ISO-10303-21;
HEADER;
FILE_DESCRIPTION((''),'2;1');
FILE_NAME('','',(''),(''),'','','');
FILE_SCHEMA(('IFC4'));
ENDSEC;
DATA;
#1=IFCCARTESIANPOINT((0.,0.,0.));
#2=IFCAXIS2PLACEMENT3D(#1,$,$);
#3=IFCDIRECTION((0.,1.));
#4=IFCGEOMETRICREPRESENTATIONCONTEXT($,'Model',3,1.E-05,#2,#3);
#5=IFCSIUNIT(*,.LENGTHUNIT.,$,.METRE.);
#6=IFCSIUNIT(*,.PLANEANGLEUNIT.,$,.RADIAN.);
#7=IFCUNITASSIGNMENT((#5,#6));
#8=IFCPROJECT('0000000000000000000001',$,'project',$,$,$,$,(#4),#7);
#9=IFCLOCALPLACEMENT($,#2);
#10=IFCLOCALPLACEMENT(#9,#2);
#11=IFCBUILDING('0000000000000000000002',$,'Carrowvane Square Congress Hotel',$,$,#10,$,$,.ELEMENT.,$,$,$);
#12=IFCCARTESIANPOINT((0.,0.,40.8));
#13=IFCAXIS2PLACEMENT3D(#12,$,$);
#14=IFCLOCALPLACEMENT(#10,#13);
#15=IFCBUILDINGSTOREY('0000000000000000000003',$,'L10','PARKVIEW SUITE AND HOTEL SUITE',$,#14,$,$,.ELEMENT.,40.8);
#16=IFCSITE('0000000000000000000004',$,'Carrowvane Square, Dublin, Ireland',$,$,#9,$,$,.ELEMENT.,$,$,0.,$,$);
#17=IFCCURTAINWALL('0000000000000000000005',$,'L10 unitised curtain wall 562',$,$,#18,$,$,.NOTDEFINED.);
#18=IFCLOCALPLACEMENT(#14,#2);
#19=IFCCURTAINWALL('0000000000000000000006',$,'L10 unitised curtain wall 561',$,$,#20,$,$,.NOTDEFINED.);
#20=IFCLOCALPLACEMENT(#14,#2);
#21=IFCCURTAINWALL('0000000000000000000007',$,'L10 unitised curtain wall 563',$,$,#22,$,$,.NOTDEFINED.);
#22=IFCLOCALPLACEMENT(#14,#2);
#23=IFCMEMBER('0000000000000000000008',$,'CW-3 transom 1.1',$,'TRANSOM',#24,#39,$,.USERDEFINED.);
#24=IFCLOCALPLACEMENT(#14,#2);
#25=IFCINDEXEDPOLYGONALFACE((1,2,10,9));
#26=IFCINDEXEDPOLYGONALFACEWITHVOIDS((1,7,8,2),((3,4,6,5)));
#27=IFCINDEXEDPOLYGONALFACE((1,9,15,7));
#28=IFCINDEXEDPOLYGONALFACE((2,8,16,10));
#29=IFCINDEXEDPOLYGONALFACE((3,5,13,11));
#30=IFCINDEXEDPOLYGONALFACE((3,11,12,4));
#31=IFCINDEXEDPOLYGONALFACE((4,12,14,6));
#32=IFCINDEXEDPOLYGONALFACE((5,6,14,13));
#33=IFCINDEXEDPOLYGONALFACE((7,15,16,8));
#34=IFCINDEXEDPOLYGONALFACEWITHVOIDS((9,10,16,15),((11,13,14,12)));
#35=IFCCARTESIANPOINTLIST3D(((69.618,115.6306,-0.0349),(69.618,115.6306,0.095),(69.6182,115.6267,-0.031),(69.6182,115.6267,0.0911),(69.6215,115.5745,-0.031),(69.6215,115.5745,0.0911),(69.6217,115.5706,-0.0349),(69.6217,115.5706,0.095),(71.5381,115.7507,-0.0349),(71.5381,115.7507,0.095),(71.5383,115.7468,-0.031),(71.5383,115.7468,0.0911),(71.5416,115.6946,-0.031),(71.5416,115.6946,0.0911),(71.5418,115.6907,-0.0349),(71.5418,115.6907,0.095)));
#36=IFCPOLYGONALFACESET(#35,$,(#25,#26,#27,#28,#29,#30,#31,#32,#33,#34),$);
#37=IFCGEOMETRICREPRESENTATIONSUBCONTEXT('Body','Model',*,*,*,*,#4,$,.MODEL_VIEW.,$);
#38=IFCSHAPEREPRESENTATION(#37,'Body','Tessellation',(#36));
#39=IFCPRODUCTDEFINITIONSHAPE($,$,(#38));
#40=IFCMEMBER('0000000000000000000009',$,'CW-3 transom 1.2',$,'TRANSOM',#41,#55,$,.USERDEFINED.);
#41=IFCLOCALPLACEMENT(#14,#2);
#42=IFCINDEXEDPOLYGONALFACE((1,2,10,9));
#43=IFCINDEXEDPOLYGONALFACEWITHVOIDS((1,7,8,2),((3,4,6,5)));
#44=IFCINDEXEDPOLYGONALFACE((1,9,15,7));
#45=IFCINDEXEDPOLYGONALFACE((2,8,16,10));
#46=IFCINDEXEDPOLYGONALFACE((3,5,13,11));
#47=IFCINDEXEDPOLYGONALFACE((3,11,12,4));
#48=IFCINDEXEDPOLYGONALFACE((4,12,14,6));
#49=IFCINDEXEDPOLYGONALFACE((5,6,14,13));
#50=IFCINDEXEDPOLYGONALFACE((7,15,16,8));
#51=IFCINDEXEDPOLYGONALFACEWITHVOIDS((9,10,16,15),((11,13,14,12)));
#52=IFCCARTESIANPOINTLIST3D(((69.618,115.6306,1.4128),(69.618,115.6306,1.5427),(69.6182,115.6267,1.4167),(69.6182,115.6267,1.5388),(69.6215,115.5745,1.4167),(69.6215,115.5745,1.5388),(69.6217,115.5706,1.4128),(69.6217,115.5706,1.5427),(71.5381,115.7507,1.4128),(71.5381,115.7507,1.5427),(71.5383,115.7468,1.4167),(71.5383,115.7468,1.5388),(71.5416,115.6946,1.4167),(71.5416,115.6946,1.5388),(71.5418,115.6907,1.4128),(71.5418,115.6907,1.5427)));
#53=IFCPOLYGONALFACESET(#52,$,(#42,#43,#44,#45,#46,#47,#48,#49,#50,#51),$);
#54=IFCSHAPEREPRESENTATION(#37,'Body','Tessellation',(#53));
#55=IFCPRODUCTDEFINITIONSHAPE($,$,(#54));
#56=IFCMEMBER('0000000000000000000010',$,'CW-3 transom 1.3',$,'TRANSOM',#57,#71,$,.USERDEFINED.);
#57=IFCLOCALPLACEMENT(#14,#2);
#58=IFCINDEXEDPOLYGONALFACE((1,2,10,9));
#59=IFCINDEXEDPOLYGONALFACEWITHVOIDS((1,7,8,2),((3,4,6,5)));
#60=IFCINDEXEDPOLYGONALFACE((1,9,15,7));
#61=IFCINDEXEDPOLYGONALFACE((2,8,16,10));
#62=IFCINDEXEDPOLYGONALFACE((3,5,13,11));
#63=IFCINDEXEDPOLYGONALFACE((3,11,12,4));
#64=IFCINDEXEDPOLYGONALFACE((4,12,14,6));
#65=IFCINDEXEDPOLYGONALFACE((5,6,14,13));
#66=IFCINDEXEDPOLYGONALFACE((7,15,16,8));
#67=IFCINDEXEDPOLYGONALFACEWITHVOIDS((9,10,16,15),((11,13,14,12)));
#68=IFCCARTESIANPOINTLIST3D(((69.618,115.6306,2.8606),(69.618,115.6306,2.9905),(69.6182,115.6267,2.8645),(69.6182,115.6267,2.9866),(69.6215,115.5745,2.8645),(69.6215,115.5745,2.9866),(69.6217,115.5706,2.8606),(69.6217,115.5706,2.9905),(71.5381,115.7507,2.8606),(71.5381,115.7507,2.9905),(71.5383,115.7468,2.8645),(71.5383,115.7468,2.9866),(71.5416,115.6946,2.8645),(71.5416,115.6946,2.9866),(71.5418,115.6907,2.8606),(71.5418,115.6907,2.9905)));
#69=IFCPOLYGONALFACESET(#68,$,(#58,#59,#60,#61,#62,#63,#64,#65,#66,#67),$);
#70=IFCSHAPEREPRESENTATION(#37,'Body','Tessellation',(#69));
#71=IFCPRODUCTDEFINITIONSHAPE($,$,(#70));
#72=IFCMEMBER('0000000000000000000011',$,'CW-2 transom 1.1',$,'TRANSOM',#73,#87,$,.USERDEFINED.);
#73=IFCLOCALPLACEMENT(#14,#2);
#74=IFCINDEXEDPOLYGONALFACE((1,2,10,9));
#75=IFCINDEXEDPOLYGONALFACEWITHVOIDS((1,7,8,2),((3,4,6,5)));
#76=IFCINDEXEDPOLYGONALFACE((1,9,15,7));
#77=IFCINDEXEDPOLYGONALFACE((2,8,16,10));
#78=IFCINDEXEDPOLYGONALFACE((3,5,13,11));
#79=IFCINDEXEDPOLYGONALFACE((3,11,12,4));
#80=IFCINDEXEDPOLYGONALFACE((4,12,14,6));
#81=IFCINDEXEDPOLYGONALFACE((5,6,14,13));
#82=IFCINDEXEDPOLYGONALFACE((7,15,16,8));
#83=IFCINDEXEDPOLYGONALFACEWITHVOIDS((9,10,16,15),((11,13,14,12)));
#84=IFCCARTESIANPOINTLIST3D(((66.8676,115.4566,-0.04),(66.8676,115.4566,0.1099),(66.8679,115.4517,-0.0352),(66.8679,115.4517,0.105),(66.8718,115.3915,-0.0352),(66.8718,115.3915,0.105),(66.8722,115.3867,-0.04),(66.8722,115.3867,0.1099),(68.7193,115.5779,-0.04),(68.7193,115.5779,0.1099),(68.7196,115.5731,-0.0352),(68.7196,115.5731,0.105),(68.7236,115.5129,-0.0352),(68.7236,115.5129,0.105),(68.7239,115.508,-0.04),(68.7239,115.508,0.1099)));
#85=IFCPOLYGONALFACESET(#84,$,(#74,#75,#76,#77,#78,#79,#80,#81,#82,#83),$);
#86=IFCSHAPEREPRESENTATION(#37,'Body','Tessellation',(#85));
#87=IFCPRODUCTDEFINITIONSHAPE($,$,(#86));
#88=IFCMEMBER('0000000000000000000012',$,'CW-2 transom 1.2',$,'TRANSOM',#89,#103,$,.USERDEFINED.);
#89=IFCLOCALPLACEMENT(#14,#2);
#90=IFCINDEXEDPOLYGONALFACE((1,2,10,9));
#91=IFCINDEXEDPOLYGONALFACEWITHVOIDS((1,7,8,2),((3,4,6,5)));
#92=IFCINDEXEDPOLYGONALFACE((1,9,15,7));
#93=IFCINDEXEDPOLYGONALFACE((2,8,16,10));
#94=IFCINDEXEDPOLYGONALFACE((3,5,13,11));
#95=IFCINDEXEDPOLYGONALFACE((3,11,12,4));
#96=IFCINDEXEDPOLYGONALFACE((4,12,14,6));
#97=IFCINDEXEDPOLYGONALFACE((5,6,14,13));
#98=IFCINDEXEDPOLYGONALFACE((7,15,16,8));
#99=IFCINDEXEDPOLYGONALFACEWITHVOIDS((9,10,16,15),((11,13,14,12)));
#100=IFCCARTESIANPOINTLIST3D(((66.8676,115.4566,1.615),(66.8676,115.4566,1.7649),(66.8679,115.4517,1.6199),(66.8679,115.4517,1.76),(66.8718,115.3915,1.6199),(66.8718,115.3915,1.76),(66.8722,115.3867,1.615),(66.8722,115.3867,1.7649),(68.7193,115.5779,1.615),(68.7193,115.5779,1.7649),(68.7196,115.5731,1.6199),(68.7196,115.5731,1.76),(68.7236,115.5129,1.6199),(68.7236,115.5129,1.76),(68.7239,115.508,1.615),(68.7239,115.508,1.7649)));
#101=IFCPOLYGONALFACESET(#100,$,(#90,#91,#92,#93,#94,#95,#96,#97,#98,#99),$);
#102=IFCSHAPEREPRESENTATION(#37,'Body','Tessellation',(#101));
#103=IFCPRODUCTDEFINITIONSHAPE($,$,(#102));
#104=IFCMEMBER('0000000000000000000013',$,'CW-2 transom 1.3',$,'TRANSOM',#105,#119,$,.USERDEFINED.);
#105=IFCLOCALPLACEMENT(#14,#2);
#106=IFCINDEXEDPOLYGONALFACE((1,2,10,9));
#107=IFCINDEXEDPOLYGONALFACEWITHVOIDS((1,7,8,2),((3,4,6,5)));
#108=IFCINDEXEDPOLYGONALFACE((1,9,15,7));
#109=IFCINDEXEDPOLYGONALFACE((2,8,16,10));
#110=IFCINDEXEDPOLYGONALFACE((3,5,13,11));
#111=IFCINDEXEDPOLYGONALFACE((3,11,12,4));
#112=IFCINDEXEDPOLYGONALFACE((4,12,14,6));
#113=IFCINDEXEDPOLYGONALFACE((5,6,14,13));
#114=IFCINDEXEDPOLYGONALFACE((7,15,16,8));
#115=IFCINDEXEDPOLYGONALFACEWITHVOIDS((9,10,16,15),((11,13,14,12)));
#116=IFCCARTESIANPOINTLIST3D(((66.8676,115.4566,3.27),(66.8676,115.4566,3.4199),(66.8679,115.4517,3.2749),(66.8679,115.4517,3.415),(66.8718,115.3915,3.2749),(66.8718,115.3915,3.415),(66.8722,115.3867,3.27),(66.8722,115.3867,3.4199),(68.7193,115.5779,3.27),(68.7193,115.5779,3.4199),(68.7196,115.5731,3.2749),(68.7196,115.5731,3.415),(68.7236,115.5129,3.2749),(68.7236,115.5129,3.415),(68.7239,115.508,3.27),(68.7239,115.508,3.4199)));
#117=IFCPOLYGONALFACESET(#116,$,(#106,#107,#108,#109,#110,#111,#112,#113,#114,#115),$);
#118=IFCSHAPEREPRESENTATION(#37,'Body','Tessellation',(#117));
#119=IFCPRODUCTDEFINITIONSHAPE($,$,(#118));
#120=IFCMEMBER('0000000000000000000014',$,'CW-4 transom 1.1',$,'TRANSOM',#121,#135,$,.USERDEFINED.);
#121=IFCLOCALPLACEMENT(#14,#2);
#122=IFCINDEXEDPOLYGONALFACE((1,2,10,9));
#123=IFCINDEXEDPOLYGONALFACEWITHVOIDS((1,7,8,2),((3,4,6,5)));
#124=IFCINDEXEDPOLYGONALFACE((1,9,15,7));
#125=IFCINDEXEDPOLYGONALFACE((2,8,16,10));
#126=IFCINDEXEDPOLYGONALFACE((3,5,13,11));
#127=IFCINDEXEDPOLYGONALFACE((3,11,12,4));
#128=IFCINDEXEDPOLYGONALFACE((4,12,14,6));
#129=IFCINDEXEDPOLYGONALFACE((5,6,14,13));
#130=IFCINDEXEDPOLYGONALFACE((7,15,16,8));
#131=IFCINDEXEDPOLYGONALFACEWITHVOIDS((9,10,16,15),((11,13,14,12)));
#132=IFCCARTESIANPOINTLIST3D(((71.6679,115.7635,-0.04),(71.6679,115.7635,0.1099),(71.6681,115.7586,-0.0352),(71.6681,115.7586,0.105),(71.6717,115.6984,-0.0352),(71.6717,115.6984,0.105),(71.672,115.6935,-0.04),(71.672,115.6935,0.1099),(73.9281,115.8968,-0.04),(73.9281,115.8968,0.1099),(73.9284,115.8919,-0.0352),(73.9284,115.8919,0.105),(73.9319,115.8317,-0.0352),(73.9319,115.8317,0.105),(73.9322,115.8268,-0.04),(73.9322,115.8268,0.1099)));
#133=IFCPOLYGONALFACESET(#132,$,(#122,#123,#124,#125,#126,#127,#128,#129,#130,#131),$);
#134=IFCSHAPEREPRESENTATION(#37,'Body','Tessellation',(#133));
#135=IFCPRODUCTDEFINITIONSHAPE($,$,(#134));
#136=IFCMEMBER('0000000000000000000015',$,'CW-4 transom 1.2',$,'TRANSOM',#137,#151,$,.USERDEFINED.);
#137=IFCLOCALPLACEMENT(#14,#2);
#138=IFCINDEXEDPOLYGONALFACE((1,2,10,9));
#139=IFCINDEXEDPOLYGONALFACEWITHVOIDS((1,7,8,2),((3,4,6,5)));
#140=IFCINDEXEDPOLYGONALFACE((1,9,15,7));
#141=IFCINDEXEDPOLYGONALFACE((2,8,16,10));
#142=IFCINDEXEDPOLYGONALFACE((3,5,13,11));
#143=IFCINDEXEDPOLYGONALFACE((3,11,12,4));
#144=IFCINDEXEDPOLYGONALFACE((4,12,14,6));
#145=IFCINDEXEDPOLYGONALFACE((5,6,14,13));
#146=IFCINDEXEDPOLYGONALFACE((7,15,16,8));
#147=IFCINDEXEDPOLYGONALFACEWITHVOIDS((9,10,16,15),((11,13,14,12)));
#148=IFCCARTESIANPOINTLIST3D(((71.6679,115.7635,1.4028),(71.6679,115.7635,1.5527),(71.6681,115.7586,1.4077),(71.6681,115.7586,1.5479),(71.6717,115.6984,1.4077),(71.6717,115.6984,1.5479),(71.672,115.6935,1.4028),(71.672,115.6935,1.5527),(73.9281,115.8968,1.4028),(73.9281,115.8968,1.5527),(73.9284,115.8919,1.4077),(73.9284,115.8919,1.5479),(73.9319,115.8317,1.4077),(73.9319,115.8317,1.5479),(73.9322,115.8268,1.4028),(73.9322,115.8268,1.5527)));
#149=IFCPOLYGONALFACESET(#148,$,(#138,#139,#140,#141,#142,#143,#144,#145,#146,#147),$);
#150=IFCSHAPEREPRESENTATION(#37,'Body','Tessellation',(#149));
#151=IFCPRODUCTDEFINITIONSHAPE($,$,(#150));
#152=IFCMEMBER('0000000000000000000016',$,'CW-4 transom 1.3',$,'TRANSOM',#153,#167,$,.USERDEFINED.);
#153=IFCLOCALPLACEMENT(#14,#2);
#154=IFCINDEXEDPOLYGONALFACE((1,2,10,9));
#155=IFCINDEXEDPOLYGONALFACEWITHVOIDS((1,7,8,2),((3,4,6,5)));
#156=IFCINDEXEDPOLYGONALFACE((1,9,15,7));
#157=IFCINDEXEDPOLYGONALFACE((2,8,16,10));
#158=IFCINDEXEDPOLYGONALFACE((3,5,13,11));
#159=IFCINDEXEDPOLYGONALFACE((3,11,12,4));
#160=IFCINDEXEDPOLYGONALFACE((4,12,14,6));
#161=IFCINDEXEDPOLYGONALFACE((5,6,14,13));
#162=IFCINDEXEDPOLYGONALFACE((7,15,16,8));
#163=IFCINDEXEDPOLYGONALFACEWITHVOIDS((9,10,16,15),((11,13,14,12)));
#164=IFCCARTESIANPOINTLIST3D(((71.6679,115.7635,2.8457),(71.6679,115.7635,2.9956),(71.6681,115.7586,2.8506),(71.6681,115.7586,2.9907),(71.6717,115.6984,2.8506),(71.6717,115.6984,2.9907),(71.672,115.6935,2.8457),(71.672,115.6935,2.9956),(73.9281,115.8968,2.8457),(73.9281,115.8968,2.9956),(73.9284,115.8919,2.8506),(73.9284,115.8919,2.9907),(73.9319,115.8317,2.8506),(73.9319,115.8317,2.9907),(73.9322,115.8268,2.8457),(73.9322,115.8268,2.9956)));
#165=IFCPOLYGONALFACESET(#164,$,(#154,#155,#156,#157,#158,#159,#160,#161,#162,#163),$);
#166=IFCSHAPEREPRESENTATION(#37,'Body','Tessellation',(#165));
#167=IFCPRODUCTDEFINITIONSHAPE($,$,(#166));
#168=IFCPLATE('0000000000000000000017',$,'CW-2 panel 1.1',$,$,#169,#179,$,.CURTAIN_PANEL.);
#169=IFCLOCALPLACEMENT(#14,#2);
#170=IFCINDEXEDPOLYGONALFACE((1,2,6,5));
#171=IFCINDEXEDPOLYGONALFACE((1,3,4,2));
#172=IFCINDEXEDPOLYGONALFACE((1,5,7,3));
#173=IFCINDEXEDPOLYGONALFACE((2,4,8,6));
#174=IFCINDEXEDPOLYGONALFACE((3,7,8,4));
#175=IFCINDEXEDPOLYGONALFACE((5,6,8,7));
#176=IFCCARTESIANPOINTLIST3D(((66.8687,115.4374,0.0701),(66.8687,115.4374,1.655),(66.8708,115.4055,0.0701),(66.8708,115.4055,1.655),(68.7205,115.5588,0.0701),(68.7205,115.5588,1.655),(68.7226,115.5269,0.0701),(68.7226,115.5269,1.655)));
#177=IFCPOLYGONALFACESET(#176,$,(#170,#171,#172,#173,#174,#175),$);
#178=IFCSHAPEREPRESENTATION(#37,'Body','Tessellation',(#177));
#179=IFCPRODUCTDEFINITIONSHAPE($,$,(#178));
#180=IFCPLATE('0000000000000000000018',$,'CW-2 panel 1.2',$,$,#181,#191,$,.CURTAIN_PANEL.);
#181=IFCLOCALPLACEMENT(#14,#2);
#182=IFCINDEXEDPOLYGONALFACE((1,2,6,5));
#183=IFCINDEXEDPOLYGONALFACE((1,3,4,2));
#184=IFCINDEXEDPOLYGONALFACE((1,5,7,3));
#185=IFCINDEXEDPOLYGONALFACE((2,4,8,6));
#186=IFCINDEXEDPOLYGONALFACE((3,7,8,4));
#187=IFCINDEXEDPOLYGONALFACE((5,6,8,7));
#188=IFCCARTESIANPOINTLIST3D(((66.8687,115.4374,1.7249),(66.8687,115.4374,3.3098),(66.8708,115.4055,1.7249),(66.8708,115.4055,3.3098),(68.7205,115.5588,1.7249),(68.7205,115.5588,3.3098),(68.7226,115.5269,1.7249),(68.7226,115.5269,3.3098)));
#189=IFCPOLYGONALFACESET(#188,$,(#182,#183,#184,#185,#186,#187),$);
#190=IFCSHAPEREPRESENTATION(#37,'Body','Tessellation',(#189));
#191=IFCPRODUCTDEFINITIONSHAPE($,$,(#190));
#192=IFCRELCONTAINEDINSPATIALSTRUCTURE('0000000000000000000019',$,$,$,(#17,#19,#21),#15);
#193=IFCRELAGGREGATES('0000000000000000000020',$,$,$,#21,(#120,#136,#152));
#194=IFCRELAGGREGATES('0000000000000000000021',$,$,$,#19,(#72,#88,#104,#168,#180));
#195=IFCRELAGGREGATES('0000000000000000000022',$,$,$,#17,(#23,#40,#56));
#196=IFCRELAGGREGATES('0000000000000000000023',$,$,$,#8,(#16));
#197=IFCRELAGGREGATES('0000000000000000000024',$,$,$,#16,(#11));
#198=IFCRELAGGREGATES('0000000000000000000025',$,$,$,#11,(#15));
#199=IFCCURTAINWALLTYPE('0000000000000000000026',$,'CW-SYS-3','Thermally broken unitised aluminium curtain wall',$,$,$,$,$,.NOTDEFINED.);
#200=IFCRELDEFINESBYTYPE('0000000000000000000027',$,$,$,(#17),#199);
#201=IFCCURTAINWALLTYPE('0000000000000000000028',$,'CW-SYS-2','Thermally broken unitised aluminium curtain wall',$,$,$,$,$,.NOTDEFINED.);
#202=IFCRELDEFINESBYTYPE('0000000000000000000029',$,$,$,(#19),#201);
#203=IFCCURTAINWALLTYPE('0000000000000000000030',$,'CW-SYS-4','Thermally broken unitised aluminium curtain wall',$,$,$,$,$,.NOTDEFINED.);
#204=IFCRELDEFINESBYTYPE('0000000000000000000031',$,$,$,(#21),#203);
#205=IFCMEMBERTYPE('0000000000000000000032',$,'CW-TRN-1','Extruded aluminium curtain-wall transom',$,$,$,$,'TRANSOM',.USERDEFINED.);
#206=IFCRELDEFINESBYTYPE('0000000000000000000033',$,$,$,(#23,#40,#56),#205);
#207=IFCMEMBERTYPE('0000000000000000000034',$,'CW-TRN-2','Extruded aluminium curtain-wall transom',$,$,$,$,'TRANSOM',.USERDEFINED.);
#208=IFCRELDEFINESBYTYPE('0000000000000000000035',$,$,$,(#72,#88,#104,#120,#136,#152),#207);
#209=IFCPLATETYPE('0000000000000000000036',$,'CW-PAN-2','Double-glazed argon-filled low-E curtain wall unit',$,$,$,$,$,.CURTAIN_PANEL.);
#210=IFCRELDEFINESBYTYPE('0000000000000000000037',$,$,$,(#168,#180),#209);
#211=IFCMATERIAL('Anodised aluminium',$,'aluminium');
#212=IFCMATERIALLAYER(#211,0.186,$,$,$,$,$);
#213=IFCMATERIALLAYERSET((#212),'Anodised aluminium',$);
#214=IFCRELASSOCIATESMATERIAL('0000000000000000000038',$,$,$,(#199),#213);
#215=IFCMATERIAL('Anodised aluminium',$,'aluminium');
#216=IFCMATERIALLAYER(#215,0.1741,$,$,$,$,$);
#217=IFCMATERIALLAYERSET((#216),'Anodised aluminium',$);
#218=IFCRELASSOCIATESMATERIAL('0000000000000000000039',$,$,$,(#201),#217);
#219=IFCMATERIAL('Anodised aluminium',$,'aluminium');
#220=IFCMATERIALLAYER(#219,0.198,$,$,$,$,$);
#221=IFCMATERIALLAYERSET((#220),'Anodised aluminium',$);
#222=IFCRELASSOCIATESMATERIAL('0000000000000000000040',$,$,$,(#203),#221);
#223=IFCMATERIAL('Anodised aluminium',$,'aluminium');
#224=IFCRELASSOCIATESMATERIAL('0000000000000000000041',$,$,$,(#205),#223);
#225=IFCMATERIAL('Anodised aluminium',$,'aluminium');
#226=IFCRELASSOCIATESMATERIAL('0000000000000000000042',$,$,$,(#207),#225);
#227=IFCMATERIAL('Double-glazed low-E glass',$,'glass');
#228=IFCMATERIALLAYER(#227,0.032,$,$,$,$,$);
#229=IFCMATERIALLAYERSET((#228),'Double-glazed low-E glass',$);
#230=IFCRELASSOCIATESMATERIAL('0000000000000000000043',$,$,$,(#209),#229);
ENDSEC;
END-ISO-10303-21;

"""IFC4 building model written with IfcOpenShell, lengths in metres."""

from ifc_helpers import new_model, si_unit, direction, frame, origin, origin_2d, place, context, subcontext, project, spatial, rectangle, hollow_rectangle, extrude, material, layer, layer_set, material_profile, profile_set, type_object, element, aggregate, save


model = new_model("IFC4")

# Units and contexts
model_context = context("Model", 3, precision=1e-05, world=origin(), true_north=direction((0.0, 1.0)))
body_context = subcontext(model_context, "Body", "Model", "MODEL_VIEW")
ifc_project = project(units=[si_unit("LENGTHUNIT", "METRE"), si_unit("PLANEANGLEUNIT", "RADIAN")], contexts=[model_context])

# Site, building, storey
site_placement = place(None, origin())
site = spatial("IfcSite", under=ifc_project, at=site_placement, Name="Carrowvane Square, Dublin, Ireland", CompositionType="ELEMENT", RefElevation=0.0)
building_placement = place(site_placement, origin())
building = spatial("IfcBuilding", under=site, at=building_placement, Name="Carrowvane Square Congress Hotel", CompositionType="ELEMENT")
storey_placement = place(building_placement, frame((0.0, 0.0, 40.8)))
storey = spatial("IfcBuildingStorey", under=building, at=storey_placement, Name="L10", Description="PARKVIEW SUITE AND HOTEL SUITE", CompositionType="ELEMENT", Elevation=40.8)

# Curtain walls
ifc_material_1 = material(Name="Anodised aluminium", Category="aluminium")
ifc_layer_1 = layer(ifc_material_1, 0.186)
ifc_layer_set_1 = layer_set([ifc_layer_1], Name="Anodised aluminium")
curtain_wall_type_1 = type_object("IfcCurtainWallType", Name="CW-SYS-3", Description="Thermally broken unitised aluminium curtain wall", PredefinedType="NOTDEFINED", material=ifc_layer_set_1)
curtain_wall_1_placement = place(storey_placement, origin())
curtain_wall_1 = element("IfcCurtainWall", 1, at=curtain_wall_1_placement, inside=storey, type_object=curtain_wall_type_1, Name="L10 unitised curtain wall 562", PredefinedType="NOTDEFINED")
ifc_material_2 = material(Name="Anodised aluminium", Category="aluminium")
ifc_layer_2 = layer(ifc_material_2, 0.1741)
ifc_layer_set_2 = layer_set([ifc_layer_2], Name="Anodised aluminium")
curtain_wall_type_2 = type_object("IfcCurtainWallType", Name="CW-SYS-2", Description="Thermally broken unitised aluminium curtain wall", PredefinedType="NOTDEFINED", material=ifc_layer_set_2)
curtain_wall_2_placement = place(storey_placement, origin())
curtain_wall_2 = element("IfcCurtainWall", 2, at=curtain_wall_2_placement, inside=storey, type_object=curtain_wall_type_2, Name="L10 unitised curtain wall 561", PredefinedType="NOTDEFINED")

# Curtain wall
ifc_material_3 = material(Name="Anodised aluminium", Category="aluminium")
ifc_layer_3 = layer(ifc_material_3, 0.198)
ifc_layer_set_3 = layer_set([ifc_layer_3], Name="Anodised aluminium")
curtain_wall_type_3 = type_object("IfcCurtainWallType", Name="CW-SYS-4", Description="Thermally broken unitised aluminium curtain wall", PredefinedType="NOTDEFINED", material=ifc_layer_set_3)
curtain_wall_3_placement = place(storey_placement, origin())
curtain_wall_3 = element("IfcCurtainWall", 3, at=curtain_wall_3_placement, inside=storey, type_object=curtain_wall_type_3, Name="L10 unitised curtain wall 563", PredefinedType="NOTDEFINED")

# Members
ifc_material_4 = material(Name="Anodised aluminium", Category="aluminium")
ifc_material_profile_1 = material_profile(ifc_material_4, hollow_rectangle(XDim=0.0601, YDim=0.1299, WallThickness=0.0039, at=origin_2d()), Name="CW-TR 60x130x4")
ifc_profile_set_1 = profile_set([ifc_material_profile_1], Name="Anodised aluminium")
member_type_1 = type_object("IfcMemberType", Name="CW-TRN-1", Description="Extruded aluminium curtain-wall transom", ElementType="TRANSOM", PredefinedType="USERDEFINED", material=ifc_profile_set_1)
member_1_placement = place(storey_placement, frame((69.6199, 115.6006, 0.03), z_axis=(0.998049, 0.062434, 0.0), x_axis=(-0.062434, 0.998049, 0.0)))
member_1 = element("IfcMember", 4, at=member_1_placement, type_object=member_type_1, Name="CW-3 transom 1.1", ObjectType="TRANSOM", PredefinedType="USERDEFINED", context=body_context, shape_type="SweptSolid", body=[
    extrude(hollow_rectangle(XDim=0.0601, YDim=0.1299, WallThickness=0.0039, at=origin_2d()), origin(), (0.0, 0.0, 1.0), 1.9238),
])
member_2_placement = place(storey_placement, frame((69.6199, 115.6006, 1.4778), z_axis=(0.998049, 0.062434, 0.0), x_axis=(-0.062434, 0.998049, 0.0)))
member_2 = element("IfcMember", 5, at=member_2_placement, type_object=member_type_1, Name="CW-3 transom 1.2", ObjectType="TRANSOM", PredefinedType="USERDEFINED", context=body_context, shape_type="SweptSolid", body=[
    extrude(hollow_rectangle(XDim=0.0601, YDim=0.1299, WallThickness=0.0039, at=origin_2d()), origin(), (0.0, 0.0, 1.0), 1.9238),
])
member_3_placement = place(storey_placement, frame((69.6199, 115.6006, 2.9255), z_axis=(0.998049, 0.062434, 0.0), x_axis=(-0.062434, 0.998049, 0.0)))
member_3 = element("IfcMember", 6, at=member_3_placement, type_object=member_type_1, Name="CW-3 transom 1.3", ObjectType="TRANSOM", PredefinedType="USERDEFINED", context=body_context, shape_type="SweptSolid", body=[
    extrude(hollow_rectangle(XDim=0.0601, YDim=0.1299, WallThickness=0.0039, at=origin_2d()), origin(), (0.0, 0.0, 1.0), 1.9238),
])
ifc_material_5 = material(Name="Anodised aluminium", Category="aluminium")
ifc_material_profile_2 = material_profile(ifc_material_5, hollow_rectangle(XDim=0.0701, YDim=0.1499, WallThickness=0.0049, at=origin_2d()), Name="CW-TR 70x150x5")
ifc_profile_set_2 = profile_set([ifc_material_profile_2], Name="Anodised aluminium")
member_type_2 = type_object("IfcMemberType", Name="CW-TRN-2", Description="Extruded aluminium curtain-wall transom", ElementType="TRANSOM", PredefinedType="USERDEFINED", material=ifc_profile_set_2)
member_4_placement = place(storey_placement, frame((66.8699, 115.4216, 0.0349), z_axis=(0.99786, 0.065384, 0.0), x_axis=(-0.065384, 0.99786, 0.0)))
member_4 = element("IfcMember", 7, at=member_4_placement, type_object=member_type_2, Name="CW-2 transom 1.1", ObjectType="TRANSOM", PredefinedType="USERDEFINED", context=body_context, shape_type="SweptSolid", body=[
    extrude(hollow_rectangle(XDim=0.0701, YDim=0.1499, WallThickness=0.0049, at=origin_2d()), origin(), (0.0, 0.0, 1.0), 1.8557),
])
member_5_placement = place(storey_placement, frame((66.8699, 115.4216, 1.6899), z_axis=(0.99786, 0.065384, 0.0), x_axis=(-0.065384, 0.99786, 0.0)))
member_5 = element("IfcMember", 8, at=member_5_placement, type_object=member_type_2, Name="CW-2 transom 1.2", ObjectType="TRANSOM", PredefinedType="USERDEFINED", context=body_context, shape_type="SweptSolid", body=[
    extrude(hollow_rectangle(XDim=0.0701, YDim=0.1499, WallThickness=0.0049, at=origin_2d()), origin(), (0.0, 0.0, 1.0), 1.8557),
])
member_6_placement = place(storey_placement, frame((66.8699, 115.4216, 3.345), z_axis=(0.99786, 0.065384, 0.0), x_axis=(-0.065384, 0.99786, 0.0)))
member_6 = element("IfcMember", 9, at=member_6_placement, type_object=member_type_2, Name="CW-2 transom 1.3", ObjectType="TRANSOM", PredefinedType="USERDEFINED", context=body_context, shape_type="SweptSolid", body=[
    extrude(hollow_rectangle(XDim=0.0701, YDim=0.1499, WallThickness=0.0049, at=origin_2d()), origin(), (0.0, 0.0, 1.0), 1.8557),
])
member_7_placement = place(storey_placement, frame((71.6699, 115.7285, 0.0349), z_axis=(0.998265, 0.058874, 0.0), x_axis=(-0.058874, 0.998265, 0.0)))
member_7 = element("IfcMember", 10, at=member_7_placement, type_object=member_type_2, Name="CW-4 transom 1.1", ObjectType="TRANSOM", PredefinedType="USERDEFINED", context=body_context, shape_type="SweptSolid", body=[
    extrude(hollow_rectangle(XDim=0.0701, YDim=0.1499, WallThickness=0.0049, at=origin_2d()), origin(), (0.0, 0.0, 1.0), 2.2642),
])
member_8_placement = place(storey_placement, frame((71.6699, 115.7285, 1.4778), z_axis=(0.998265, 0.058874, 0.0), x_axis=(-0.058874, 0.998265, 0.0)))
member_8 = element("IfcMember", 11, at=member_8_placement, type_object=member_type_2, Name="CW-4 transom 1.2", ObjectType="TRANSOM", PredefinedType="USERDEFINED", context=body_context, shape_type="SweptSolid", body=[
    extrude(hollow_rectangle(XDim=0.0701, YDim=0.1499, WallThickness=0.0049, at=origin_2d()), origin(), (0.0, 0.0, 1.0), 2.2642),
])
member_9_placement = place(storey_placement, frame((71.6699, 115.7285, 2.9207), z_axis=(0.998265, 0.058874, 0.0), x_axis=(-0.058874, 0.998265, 0.0)))
member_9 = element("IfcMember", 12, at=member_9_placement, type_object=member_type_2, Name="CW-4 transom 1.3", ObjectType="TRANSOM", PredefinedType="USERDEFINED", context=body_context, shape_type="SweptSolid", body=[
    extrude(hollow_rectangle(XDim=0.0701, YDim=0.1499, WallThickness=0.0049, at=origin_2d()), origin(), (0.0, 0.0, 1.0), 2.2642),
])
aggregate(curtain_wall_3, [member_7, member_8, member_9])

# Plates
ifc_material_6 = material(Name="Double-glazed low-E glass", Category="glass")
ifc_layer_4 = layer(ifc_material_6, 0.032)
ifc_layer_set_4 = layer_set([ifc_layer_4], Name="Double-glazed low-E glass")
plate_type_1 = type_object("IfcPlateType", Name="CW-PAN-2", Description="Double-glazed argon-filled low-E curtain wall unit", PredefinedType="CURTAIN_PANEL", material=ifc_layer_set_4)
plate_1_placement = place(storey_placement, frame((67.7957, 115.4822, 0.0701), z_axis=(0.0, 0.0, 1.0), x_axis=(0.997858, 0.065412, 0.0)))
plate_1 = element("IfcPlate", 13, at=plate_1_placement, type_object=plate_type_1, Name="CW-2 panel 1.1", PredefinedType="CURTAIN_PANEL", context=body_context, shape_type="SweptSolid", body=[
    extrude(rectangle(XDim=1.8557, YDim=0.032, at=origin_2d()), origin(), (0.0, 0.0, 1.0), 1.585),
])
plate_2_placement = place(storey_placement, frame((67.7957, 115.4822, 1.7249), z_axis=(0.0, 0.0, 1.0), x_axis=(0.997858, 0.065412, 0.0)))
plate_2 = element("IfcPlate", 14, at=plate_2_placement, type_object=plate_type_1, Name="CW-2 panel 1.2", PredefinedType="CURTAIN_PANEL", context=body_context, shape_type="SweptSolid", body=[
    extrude(rectangle(XDim=1.8557, YDim=0.032, at=origin_2d()), origin(), (0.0, 0.0, 1.0), 1.585),
])
aggregate(curtain_wall_2, [member_4, member_5, member_6, plate_1, plate_2])
aggregate(curtain_wall_1, [member_1, member_2, member_3])

save(model, "model.ifc")
